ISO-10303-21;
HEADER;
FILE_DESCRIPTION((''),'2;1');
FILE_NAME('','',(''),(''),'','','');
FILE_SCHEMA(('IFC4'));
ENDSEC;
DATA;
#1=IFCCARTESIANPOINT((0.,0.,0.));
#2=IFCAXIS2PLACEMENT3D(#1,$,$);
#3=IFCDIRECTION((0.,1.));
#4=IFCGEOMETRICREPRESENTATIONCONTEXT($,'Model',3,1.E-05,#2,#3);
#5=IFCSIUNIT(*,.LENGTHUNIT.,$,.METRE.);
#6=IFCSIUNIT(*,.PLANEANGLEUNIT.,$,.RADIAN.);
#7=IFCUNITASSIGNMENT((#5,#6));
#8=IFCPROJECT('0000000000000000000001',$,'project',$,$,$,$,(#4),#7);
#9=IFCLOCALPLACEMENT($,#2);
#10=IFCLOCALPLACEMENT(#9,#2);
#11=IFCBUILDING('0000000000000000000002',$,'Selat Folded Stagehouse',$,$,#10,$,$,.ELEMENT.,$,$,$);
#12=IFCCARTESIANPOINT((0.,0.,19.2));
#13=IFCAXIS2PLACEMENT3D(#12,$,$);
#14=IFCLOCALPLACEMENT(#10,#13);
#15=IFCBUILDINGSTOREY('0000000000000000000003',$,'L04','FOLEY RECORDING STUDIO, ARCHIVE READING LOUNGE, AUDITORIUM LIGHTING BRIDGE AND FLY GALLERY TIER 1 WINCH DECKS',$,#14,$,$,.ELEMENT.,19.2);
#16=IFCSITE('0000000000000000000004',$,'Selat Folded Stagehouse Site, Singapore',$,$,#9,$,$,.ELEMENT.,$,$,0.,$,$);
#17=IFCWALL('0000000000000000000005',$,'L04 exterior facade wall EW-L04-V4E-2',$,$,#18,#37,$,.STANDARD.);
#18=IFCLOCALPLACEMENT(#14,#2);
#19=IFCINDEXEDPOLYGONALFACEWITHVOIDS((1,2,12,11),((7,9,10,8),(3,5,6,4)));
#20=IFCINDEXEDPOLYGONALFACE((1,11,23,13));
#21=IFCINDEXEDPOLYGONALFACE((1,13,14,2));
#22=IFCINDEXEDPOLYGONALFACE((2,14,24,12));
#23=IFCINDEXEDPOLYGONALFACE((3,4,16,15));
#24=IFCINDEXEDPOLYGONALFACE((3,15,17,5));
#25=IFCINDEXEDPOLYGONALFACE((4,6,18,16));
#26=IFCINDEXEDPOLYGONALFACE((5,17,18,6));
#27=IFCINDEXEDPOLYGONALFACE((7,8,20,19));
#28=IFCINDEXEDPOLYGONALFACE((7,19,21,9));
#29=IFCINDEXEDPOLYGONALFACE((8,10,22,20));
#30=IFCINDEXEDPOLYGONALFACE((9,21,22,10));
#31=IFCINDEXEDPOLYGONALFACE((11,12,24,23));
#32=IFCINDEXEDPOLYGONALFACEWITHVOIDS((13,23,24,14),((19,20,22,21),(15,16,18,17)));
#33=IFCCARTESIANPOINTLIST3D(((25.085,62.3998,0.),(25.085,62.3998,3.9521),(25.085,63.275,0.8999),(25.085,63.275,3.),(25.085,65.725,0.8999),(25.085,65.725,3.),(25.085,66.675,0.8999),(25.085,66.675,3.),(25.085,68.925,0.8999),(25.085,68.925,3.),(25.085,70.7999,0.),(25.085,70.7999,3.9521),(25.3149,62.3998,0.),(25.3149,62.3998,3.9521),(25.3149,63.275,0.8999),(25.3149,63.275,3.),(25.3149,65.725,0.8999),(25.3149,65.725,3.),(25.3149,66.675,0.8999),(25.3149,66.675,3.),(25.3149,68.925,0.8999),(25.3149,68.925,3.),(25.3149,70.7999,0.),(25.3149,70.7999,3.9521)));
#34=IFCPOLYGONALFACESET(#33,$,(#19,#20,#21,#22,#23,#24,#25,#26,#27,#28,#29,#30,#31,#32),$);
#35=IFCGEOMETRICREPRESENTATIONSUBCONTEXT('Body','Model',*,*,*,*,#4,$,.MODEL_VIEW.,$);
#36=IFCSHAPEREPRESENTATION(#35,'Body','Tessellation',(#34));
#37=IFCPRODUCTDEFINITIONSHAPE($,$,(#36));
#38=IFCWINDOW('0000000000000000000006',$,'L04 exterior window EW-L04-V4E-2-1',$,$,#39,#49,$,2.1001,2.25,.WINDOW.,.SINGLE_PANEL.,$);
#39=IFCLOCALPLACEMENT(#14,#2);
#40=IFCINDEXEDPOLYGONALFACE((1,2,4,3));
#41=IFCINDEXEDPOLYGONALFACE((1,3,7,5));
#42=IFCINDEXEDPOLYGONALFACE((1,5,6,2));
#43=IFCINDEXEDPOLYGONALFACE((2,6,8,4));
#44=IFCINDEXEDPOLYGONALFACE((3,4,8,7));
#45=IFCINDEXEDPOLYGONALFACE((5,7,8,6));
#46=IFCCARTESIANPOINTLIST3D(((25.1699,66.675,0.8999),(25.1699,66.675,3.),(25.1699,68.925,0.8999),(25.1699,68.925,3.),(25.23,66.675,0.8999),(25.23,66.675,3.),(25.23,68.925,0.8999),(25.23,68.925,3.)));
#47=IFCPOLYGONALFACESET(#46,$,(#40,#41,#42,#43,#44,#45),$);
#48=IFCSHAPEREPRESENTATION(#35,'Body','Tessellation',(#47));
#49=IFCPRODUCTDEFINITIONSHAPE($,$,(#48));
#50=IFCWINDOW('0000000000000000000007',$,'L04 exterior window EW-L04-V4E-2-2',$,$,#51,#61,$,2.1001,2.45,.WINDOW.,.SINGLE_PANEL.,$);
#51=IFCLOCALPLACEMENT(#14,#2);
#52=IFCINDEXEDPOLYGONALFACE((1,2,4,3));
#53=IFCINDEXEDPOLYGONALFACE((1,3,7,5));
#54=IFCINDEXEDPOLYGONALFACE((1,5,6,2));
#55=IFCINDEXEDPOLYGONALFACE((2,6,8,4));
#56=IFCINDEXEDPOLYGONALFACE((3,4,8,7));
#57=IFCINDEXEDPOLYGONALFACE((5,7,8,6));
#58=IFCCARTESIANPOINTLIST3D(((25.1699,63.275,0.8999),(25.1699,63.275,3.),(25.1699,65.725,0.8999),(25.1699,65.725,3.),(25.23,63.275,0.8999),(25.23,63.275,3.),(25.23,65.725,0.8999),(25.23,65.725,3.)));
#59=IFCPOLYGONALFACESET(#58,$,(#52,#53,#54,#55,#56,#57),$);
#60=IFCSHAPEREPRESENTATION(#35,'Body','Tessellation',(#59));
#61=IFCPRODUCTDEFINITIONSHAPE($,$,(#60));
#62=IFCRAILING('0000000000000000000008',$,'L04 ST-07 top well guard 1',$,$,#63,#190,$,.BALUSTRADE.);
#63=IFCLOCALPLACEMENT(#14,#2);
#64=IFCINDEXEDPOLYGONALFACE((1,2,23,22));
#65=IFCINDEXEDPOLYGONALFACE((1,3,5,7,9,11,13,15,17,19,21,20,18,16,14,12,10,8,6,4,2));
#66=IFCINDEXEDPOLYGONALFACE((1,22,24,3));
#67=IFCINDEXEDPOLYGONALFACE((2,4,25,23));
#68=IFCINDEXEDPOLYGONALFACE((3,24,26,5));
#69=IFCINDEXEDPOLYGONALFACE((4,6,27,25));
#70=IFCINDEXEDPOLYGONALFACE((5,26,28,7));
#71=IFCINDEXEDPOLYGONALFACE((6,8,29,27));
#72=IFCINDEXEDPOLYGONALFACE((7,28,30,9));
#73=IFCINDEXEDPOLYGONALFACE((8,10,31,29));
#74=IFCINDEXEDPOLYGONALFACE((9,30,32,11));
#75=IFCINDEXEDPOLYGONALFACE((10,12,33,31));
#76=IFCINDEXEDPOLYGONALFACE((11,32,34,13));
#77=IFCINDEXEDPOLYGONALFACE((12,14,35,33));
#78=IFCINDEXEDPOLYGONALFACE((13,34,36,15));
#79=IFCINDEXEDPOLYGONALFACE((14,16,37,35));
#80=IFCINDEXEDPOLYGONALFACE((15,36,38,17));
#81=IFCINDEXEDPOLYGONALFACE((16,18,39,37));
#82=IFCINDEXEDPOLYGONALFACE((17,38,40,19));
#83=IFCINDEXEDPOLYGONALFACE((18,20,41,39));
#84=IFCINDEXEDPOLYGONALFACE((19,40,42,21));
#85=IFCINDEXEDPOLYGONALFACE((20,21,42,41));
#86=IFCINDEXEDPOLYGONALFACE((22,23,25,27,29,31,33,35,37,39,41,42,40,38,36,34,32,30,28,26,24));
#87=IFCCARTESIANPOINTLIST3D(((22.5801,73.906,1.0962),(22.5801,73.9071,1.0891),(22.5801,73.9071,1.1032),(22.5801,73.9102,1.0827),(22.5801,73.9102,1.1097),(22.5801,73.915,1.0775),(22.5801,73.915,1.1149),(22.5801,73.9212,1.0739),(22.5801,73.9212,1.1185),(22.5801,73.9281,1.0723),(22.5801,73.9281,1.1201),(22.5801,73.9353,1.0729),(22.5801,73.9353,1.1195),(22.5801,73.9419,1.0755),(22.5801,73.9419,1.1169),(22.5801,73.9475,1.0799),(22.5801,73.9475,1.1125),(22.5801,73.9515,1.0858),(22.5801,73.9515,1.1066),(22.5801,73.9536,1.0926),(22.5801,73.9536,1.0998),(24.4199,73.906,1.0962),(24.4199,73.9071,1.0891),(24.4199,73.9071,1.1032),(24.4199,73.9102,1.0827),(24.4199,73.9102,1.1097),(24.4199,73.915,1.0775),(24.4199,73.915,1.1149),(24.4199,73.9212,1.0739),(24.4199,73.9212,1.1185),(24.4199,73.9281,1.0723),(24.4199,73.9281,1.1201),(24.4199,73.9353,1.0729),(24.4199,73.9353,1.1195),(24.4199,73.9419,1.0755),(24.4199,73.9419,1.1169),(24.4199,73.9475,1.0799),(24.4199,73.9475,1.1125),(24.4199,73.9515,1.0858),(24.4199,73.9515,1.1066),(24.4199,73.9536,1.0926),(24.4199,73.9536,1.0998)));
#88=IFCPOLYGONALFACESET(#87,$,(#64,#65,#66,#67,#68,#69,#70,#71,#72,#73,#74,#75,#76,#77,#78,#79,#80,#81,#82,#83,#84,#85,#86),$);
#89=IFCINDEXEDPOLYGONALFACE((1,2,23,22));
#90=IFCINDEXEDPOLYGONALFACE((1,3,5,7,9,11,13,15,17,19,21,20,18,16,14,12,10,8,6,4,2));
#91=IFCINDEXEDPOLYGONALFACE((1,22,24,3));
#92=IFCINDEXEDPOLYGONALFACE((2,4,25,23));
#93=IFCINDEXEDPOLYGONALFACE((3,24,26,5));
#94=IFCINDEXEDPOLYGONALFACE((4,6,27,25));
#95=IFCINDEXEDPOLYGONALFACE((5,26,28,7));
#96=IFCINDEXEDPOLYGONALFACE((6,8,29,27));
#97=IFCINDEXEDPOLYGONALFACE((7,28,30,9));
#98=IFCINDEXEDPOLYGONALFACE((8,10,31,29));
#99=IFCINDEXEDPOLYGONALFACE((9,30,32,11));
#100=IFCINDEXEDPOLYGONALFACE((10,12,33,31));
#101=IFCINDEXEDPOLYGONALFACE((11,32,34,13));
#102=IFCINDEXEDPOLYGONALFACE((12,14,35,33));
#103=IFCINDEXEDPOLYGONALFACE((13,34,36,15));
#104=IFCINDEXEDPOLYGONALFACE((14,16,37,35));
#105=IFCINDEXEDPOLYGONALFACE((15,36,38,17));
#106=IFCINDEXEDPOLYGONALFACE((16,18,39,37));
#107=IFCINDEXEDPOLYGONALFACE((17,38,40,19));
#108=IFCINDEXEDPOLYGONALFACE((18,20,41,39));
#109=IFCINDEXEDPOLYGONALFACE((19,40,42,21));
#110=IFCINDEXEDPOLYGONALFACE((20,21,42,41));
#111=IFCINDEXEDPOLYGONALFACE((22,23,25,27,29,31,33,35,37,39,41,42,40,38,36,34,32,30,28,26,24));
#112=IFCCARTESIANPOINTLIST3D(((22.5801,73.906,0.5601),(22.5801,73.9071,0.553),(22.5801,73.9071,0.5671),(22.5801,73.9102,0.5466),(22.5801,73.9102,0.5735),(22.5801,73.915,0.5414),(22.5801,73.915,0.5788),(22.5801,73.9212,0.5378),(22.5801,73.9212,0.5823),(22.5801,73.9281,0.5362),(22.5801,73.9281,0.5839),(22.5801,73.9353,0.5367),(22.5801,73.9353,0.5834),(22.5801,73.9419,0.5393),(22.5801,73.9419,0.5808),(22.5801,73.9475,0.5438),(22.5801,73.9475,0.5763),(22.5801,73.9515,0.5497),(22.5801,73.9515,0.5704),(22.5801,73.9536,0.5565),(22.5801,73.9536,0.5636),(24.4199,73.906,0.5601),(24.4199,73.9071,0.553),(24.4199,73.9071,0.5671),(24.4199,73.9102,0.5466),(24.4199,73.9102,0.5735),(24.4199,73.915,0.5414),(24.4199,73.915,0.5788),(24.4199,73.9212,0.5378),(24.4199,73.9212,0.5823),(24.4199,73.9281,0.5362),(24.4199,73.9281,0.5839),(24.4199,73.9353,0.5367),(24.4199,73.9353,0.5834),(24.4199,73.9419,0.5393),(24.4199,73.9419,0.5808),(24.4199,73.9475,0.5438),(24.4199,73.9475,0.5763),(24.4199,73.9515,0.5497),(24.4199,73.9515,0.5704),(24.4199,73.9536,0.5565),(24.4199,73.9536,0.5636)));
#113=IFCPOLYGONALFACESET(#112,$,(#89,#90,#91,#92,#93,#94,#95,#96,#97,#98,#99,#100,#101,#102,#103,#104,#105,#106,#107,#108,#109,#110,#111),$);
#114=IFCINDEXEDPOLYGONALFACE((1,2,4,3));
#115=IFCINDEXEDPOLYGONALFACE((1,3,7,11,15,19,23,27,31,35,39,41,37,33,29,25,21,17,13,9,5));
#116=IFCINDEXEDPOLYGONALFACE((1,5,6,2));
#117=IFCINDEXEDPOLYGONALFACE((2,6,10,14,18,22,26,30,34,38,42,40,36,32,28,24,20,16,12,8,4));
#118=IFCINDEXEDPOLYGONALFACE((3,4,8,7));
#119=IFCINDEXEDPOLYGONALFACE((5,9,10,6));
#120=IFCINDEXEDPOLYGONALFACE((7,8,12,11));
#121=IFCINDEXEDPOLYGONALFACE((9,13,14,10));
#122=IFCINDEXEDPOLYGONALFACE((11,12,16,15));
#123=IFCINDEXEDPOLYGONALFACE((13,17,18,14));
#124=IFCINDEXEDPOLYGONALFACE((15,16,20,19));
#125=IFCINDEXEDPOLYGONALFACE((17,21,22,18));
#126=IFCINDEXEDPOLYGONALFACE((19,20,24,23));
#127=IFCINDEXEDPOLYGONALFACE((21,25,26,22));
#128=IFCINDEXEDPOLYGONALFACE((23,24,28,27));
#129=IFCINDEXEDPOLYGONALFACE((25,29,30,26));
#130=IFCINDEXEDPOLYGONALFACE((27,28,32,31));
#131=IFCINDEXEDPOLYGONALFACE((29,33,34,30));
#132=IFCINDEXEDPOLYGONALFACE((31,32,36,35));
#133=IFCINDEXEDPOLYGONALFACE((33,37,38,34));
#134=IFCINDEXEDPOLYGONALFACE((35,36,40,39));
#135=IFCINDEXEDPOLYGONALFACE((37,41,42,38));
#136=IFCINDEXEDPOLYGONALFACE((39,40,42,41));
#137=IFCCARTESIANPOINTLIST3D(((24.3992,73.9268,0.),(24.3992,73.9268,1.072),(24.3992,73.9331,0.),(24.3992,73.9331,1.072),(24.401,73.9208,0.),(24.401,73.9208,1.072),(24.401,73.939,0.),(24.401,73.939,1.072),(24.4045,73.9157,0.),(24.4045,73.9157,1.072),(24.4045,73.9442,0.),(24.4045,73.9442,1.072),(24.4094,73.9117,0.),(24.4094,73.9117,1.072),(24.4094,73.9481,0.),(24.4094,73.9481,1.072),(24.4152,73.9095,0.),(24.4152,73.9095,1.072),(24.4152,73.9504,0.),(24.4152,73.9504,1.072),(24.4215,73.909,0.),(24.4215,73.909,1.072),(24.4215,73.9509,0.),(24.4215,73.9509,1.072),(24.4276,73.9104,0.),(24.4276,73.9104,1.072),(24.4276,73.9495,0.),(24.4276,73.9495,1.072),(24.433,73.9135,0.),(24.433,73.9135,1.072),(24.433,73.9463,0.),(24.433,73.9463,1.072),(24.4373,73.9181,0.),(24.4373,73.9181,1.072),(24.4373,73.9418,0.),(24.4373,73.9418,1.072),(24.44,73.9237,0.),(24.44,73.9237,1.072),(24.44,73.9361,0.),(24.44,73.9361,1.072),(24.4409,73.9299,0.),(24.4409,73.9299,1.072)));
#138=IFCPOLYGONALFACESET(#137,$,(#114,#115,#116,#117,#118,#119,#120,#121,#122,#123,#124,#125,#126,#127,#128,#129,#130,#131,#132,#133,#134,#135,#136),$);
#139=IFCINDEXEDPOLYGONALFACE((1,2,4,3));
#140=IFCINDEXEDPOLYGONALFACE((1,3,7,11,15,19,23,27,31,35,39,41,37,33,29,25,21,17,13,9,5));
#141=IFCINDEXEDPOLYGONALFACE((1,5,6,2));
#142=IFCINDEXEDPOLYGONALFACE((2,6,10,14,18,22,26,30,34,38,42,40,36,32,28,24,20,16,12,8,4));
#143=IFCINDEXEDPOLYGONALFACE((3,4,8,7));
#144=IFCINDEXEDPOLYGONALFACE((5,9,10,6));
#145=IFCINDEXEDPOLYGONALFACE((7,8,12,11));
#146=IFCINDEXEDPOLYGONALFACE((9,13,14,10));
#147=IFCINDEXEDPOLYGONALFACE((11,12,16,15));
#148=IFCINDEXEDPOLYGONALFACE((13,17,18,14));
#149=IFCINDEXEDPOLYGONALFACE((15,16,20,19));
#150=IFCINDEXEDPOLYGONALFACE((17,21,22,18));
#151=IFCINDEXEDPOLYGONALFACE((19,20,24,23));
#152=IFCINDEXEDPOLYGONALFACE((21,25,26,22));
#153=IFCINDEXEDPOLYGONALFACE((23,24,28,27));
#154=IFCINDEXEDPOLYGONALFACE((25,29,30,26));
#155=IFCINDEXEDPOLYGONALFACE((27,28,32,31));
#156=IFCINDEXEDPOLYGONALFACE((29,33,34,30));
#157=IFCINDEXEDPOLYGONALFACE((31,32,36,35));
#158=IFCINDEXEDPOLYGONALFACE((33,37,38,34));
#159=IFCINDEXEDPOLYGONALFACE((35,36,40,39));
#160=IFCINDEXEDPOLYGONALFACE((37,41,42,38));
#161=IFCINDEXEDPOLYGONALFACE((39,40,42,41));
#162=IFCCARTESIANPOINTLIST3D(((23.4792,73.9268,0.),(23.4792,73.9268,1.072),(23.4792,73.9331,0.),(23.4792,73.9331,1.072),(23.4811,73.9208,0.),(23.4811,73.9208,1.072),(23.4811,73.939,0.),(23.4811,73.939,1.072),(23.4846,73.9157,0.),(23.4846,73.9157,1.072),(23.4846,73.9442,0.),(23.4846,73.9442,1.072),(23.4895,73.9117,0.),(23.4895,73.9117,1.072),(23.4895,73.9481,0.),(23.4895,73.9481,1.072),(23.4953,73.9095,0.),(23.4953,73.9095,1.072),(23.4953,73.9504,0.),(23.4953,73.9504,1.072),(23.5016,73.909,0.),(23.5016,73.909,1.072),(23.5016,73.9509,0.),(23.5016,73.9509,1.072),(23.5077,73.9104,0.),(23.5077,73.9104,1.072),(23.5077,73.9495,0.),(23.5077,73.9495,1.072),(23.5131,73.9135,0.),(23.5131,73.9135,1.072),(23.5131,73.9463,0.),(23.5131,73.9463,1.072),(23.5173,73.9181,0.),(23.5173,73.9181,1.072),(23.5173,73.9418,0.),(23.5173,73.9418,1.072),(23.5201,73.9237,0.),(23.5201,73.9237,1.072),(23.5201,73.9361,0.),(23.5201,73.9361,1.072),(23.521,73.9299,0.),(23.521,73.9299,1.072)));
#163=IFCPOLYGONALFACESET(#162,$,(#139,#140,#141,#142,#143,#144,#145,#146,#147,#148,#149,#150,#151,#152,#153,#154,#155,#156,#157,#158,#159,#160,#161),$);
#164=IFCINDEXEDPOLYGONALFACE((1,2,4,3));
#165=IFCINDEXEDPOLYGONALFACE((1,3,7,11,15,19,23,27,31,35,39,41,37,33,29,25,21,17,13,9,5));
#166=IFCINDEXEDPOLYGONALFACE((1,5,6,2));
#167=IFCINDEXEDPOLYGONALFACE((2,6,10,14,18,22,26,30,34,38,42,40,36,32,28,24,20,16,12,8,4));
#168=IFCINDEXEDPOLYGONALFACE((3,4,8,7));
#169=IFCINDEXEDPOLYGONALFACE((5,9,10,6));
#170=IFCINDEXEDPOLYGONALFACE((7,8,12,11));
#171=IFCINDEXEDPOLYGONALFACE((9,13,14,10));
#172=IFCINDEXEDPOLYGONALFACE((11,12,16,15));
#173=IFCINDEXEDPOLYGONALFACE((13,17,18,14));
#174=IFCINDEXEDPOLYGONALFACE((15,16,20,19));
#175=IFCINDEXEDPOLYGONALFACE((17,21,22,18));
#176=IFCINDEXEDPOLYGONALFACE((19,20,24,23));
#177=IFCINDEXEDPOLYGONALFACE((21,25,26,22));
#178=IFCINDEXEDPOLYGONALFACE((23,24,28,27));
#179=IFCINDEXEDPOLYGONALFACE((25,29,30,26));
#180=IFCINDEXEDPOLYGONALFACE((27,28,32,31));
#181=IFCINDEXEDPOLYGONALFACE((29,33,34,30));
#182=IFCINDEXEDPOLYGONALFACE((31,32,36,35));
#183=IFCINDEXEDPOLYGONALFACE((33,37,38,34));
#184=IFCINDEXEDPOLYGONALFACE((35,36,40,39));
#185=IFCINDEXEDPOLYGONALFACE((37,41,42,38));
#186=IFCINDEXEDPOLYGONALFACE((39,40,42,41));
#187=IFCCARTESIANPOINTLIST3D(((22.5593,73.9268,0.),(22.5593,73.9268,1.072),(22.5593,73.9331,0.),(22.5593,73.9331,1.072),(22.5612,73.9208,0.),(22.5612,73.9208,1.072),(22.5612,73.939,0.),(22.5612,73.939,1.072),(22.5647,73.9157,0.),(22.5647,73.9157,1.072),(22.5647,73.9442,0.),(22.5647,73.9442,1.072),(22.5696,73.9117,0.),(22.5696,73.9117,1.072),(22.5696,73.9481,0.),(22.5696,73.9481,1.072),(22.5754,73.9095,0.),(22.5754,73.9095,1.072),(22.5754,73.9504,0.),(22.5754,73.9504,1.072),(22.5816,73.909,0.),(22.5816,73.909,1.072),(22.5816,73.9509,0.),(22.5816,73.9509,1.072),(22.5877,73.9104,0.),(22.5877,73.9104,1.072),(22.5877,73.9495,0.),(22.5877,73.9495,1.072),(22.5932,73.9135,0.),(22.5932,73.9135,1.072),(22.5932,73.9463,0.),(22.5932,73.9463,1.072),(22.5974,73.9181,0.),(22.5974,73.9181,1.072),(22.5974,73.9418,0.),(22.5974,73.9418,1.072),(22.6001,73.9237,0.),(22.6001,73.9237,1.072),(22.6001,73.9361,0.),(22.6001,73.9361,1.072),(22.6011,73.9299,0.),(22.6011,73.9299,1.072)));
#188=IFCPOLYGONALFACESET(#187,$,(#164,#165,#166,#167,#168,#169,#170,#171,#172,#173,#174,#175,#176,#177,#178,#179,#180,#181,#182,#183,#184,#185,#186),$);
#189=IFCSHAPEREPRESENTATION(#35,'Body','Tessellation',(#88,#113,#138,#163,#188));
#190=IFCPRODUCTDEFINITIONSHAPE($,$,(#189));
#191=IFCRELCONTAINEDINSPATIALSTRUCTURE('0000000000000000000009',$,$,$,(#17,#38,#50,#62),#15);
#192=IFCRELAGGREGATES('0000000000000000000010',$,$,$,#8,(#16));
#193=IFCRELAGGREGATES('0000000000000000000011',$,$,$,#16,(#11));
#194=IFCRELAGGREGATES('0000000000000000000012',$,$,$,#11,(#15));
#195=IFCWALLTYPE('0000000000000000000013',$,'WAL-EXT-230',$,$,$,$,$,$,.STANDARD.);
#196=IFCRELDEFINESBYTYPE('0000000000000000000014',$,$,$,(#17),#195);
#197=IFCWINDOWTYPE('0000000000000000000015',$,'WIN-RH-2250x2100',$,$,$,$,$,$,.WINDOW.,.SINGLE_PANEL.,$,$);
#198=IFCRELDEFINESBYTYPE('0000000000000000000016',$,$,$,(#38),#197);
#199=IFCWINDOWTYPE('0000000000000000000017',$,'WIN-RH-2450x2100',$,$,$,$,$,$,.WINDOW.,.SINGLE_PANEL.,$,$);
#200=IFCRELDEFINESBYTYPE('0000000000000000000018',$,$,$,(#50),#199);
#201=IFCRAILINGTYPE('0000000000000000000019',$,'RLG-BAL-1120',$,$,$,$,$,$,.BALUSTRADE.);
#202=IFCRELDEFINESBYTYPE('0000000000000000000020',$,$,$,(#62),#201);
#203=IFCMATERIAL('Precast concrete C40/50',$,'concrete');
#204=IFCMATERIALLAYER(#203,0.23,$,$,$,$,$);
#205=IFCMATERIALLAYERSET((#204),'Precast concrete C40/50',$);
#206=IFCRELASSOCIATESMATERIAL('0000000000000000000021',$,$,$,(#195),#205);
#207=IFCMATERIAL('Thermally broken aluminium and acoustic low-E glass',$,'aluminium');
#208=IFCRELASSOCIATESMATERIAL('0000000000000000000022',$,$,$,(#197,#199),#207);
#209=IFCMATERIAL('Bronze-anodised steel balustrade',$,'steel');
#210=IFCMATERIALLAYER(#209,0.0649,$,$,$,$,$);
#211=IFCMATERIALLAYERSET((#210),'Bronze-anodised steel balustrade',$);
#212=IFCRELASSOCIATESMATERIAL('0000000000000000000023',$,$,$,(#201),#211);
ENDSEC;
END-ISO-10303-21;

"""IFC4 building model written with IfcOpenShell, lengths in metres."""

from ifc_helpers import new_model, si_unit, direction, frame, frame_2d, origin, origin_2d, place, context, subcontext, project, spatial, rectangle, circle, extrude, material, layer, layer_set, type_object, element, fill, save


model = new_model("IFC4")

# Units and contexts
model_context = context("Model", 3, precision=1e-05, world=origin(), true_north=direction((0.0, 1.0)))
body_context = subcontext(model_context, "Body", "Model", "MODEL_VIEW")
ifc_project = project(units=[si_unit("LENGTHUNIT", "METRE"), si_unit("PLANEANGLEUNIT", "RADIAN")], contexts=[model_context])

# Site, building, storey
site_placement = place(None, origin())
site = spatial("IfcSite", under=ifc_project, at=site_placement, Name="Selat Folded Stagehouse Site, Singapore", CompositionType="ELEMENT", RefElevation=0.0)
building_placement = place(site_placement, origin())
building = spatial("IfcBuilding", under=site, at=building_placement, Name="Selat Folded Stagehouse", CompositionType="ELEMENT")
storey_placement = place(building_placement, frame((0.0, 0.0, 19.2)))
storey = spatial("IfcBuildingStorey", under=building, at=storey_placement, Name="L04", Description="FOLEY RECORDING STUDIO, ARCHIVE READING LOUNGE, AUDITORIUM LIGHTING BRIDGE AND FLY GALLERY TIER 1 WINCH DECKS", CompositionType="ELEMENT", Elevation=19.2)

# Wall, openings, windows
ifc_material_1 = material(Name="Precast concrete C40/50", Category="concrete")
ifc_layer_1 = layer(ifc_material_1, 0.23)
ifc_layer_set_1 = layer_set([ifc_layer_1], Name="Precast concrete C40/50")
wall_type_1 = type_object("IfcWallType", Name="WAL-EXT-230", PredefinedType="STANDARD", material=ifc_layer_set_1)
ifc_material_2 = material(Name="Thermally broken aluminium and acoustic low-E glass", Category="aluminium")
wall_1_placement = place(storey_placement, frame((25.2, 70.8, 0.0), z_axis=(0.0, 0.0, 1.0), x_axis=(0.0, -1.0, 0.0)))
wall_1 = element("IfcWall", 1, at=wall_1_placement, inside=storey, type_object=wall_type_1, Name="L04 exterior facade wall EW-L04-V4E-2", PredefinedType="STANDARD", context=body_context, shape_type="SweptSolid", body=[
    extrude(rectangle(XDim=8.4001, YDim=0.23, at=frame_2d((4.2002, 0.0))), origin(), (0.0, 0.0, 1.0), 3.9521),
])
opening_1_placement = place(wall_1_placement, frame((1.875, 0.0, 0.8999)))
opening_1 = element("IfcOpeningElement", 2, at=opening_1_placement, cuts=wall_1, PredefinedType="OPENING", context=body_context, shape_type="SweptSolid", body=[
    extrude(rectangle(XDim=2.25, YDim=2.1001, at=frame_2d((1.125, 1.05))), frame((0.0, 0.125, 0.0), z_axis=(0.0, -1.0, 0.0), x_axis=(1.0, 0.0, 0.0)), (0.0, 0.0, 1.0), 0.25),
])
opening_2_placement = place(wall_1_placement, frame((5.075, 0.0, 0.8999)))
opening_2 = element("IfcOpeningElement", 3, at=opening_2_placement, cuts=wall_1, PredefinedType="OPENING", context=body_context, shape_type="SweptSolid", body=[
    extrude(rectangle(XDim=2.45, YDim=2.1001, at=frame_2d((1.2251, 1.05))), frame((0.0, 0.125, 0.0), z_axis=(0.0, -1.0, 0.0), x_axis=(1.0, 0.0, 0.0)), (0.0, 0.0, 1.0), 0.25),
])
window_type_1 = type_object("IfcWindowType", Name="WIN-RH-2250x2100", PartitioningType="SINGLE_PANEL", PredefinedType="WINDOW", material=ifc_material_2)
window_1_placement = place(opening_1_placement, origin())
window_1 = element("IfcWindow", 4, at=window_1_placement, inside=storey, type_object=window_type_1, Name="L04 exterior window EW-L04-V4E-2-1", OverallHeight=2.1001, OverallWidth=2.25, PartitioningType="SINGLE_PANEL", PredefinedType="WINDOW", context=body_context, shape_type="SweptSolid", body=[
    extrude(rectangle(XDim=2.25, YDim=2.1001, at=frame_2d((1.125, 1.05))), frame((0.0, 0.03, 0.0), z_axis=(0.0, -1.0, 0.0), x_axis=(1.0, 0.0, 0.0)), (0.0, 0.0, 1.0), 0.0601),
])
fill(opening_1, window_1)
window_type_2 = type_object("IfcWindowType", Name="WIN-RH-2450x2100", PartitioningType="SINGLE_PANEL", PredefinedType="WINDOW", material=ifc_material_2)
window_2_placement = place(opening_2_placement, origin())
window_2 = element("IfcWindow", 5, at=window_2_placement, inside=storey, type_object=window_type_2, Name="L04 exterior window EW-L04-V4E-2-2", OverallHeight=2.1001, OverallWidth=2.45, PartitioningType="SINGLE_PANEL", PredefinedType="WINDOW", context=body_context, shape_type="SweptSolid", body=[
    extrude(rectangle(XDim=2.45, YDim=2.1001, at=frame_2d((1.2251, 1.05))), frame((0.0, 0.03, 0.0), z_axis=(0.0, -1.0, 0.0), x_axis=(1.0, 0.0, 0.0)), (0.0, 0.0, 1.0), 0.0601),
])
fill(opening_2, window_2)

# Railing
ifc_material_3 = material(Name="Bronze-anodised steel balustrade", Category="steel")
ifc_layer_2 = layer(ifc_material_3, 0.0649)
ifc_layer_set_2 = layer_set([ifc_layer_2], Name="Bronze-anodised steel balustrade")
railing_type = type_object("IfcRailingType", Name="RLG-BAL-1120", PredefinedType="BALUSTRADE", material=ifc_layer_set_2)
railing_placement = place(storey_placement, frame((24.4199, 73.9299, 0.0)))
element("IfcRailing", 6, at=railing_placement, inside=storey, type_object=railing_type, Name="L04 ST-07 top well guard 1", PredefinedType="BALUSTRADE", context=body_context, shape_type="SweptSolid", body=[
    extrude(circle(Radius=0.0239, at=origin_2d()), frame((0.0, 0.0, 1.0962), z_axis=(-1.0, 0.0, 0.0), x_axis=(0.0, -1.0, 0.0)), (0.0, 0.0, 1.0), 1.8398),
    extrude(circle(Radius=0.0239, at=origin_2d()), frame((0.0, 0.0, 0.5601), z_axis=(-1.0, 0.0, 0.0), x_axis=(0.0, -1.0, 0.0)), (0.0, 0.0, 1.0), 1.8398),
    extrude(circle(Radius=0.021, at=origin_2d()), origin(), (0.0, 0.0, 1.0), 1.072),
    extrude(circle(Radius=0.021, at=origin_2d()), frame((-0.9199, 0.0, 0.0)), (0.0, 0.0, 1.0), 1.072),
    extrude(circle(Radius=0.021, at=origin_2d()), frame((-1.8398, 0.0, 0.0)), (0.0, 0.0, 1.0), 1.072),
])

save(model, "model.ifc")
